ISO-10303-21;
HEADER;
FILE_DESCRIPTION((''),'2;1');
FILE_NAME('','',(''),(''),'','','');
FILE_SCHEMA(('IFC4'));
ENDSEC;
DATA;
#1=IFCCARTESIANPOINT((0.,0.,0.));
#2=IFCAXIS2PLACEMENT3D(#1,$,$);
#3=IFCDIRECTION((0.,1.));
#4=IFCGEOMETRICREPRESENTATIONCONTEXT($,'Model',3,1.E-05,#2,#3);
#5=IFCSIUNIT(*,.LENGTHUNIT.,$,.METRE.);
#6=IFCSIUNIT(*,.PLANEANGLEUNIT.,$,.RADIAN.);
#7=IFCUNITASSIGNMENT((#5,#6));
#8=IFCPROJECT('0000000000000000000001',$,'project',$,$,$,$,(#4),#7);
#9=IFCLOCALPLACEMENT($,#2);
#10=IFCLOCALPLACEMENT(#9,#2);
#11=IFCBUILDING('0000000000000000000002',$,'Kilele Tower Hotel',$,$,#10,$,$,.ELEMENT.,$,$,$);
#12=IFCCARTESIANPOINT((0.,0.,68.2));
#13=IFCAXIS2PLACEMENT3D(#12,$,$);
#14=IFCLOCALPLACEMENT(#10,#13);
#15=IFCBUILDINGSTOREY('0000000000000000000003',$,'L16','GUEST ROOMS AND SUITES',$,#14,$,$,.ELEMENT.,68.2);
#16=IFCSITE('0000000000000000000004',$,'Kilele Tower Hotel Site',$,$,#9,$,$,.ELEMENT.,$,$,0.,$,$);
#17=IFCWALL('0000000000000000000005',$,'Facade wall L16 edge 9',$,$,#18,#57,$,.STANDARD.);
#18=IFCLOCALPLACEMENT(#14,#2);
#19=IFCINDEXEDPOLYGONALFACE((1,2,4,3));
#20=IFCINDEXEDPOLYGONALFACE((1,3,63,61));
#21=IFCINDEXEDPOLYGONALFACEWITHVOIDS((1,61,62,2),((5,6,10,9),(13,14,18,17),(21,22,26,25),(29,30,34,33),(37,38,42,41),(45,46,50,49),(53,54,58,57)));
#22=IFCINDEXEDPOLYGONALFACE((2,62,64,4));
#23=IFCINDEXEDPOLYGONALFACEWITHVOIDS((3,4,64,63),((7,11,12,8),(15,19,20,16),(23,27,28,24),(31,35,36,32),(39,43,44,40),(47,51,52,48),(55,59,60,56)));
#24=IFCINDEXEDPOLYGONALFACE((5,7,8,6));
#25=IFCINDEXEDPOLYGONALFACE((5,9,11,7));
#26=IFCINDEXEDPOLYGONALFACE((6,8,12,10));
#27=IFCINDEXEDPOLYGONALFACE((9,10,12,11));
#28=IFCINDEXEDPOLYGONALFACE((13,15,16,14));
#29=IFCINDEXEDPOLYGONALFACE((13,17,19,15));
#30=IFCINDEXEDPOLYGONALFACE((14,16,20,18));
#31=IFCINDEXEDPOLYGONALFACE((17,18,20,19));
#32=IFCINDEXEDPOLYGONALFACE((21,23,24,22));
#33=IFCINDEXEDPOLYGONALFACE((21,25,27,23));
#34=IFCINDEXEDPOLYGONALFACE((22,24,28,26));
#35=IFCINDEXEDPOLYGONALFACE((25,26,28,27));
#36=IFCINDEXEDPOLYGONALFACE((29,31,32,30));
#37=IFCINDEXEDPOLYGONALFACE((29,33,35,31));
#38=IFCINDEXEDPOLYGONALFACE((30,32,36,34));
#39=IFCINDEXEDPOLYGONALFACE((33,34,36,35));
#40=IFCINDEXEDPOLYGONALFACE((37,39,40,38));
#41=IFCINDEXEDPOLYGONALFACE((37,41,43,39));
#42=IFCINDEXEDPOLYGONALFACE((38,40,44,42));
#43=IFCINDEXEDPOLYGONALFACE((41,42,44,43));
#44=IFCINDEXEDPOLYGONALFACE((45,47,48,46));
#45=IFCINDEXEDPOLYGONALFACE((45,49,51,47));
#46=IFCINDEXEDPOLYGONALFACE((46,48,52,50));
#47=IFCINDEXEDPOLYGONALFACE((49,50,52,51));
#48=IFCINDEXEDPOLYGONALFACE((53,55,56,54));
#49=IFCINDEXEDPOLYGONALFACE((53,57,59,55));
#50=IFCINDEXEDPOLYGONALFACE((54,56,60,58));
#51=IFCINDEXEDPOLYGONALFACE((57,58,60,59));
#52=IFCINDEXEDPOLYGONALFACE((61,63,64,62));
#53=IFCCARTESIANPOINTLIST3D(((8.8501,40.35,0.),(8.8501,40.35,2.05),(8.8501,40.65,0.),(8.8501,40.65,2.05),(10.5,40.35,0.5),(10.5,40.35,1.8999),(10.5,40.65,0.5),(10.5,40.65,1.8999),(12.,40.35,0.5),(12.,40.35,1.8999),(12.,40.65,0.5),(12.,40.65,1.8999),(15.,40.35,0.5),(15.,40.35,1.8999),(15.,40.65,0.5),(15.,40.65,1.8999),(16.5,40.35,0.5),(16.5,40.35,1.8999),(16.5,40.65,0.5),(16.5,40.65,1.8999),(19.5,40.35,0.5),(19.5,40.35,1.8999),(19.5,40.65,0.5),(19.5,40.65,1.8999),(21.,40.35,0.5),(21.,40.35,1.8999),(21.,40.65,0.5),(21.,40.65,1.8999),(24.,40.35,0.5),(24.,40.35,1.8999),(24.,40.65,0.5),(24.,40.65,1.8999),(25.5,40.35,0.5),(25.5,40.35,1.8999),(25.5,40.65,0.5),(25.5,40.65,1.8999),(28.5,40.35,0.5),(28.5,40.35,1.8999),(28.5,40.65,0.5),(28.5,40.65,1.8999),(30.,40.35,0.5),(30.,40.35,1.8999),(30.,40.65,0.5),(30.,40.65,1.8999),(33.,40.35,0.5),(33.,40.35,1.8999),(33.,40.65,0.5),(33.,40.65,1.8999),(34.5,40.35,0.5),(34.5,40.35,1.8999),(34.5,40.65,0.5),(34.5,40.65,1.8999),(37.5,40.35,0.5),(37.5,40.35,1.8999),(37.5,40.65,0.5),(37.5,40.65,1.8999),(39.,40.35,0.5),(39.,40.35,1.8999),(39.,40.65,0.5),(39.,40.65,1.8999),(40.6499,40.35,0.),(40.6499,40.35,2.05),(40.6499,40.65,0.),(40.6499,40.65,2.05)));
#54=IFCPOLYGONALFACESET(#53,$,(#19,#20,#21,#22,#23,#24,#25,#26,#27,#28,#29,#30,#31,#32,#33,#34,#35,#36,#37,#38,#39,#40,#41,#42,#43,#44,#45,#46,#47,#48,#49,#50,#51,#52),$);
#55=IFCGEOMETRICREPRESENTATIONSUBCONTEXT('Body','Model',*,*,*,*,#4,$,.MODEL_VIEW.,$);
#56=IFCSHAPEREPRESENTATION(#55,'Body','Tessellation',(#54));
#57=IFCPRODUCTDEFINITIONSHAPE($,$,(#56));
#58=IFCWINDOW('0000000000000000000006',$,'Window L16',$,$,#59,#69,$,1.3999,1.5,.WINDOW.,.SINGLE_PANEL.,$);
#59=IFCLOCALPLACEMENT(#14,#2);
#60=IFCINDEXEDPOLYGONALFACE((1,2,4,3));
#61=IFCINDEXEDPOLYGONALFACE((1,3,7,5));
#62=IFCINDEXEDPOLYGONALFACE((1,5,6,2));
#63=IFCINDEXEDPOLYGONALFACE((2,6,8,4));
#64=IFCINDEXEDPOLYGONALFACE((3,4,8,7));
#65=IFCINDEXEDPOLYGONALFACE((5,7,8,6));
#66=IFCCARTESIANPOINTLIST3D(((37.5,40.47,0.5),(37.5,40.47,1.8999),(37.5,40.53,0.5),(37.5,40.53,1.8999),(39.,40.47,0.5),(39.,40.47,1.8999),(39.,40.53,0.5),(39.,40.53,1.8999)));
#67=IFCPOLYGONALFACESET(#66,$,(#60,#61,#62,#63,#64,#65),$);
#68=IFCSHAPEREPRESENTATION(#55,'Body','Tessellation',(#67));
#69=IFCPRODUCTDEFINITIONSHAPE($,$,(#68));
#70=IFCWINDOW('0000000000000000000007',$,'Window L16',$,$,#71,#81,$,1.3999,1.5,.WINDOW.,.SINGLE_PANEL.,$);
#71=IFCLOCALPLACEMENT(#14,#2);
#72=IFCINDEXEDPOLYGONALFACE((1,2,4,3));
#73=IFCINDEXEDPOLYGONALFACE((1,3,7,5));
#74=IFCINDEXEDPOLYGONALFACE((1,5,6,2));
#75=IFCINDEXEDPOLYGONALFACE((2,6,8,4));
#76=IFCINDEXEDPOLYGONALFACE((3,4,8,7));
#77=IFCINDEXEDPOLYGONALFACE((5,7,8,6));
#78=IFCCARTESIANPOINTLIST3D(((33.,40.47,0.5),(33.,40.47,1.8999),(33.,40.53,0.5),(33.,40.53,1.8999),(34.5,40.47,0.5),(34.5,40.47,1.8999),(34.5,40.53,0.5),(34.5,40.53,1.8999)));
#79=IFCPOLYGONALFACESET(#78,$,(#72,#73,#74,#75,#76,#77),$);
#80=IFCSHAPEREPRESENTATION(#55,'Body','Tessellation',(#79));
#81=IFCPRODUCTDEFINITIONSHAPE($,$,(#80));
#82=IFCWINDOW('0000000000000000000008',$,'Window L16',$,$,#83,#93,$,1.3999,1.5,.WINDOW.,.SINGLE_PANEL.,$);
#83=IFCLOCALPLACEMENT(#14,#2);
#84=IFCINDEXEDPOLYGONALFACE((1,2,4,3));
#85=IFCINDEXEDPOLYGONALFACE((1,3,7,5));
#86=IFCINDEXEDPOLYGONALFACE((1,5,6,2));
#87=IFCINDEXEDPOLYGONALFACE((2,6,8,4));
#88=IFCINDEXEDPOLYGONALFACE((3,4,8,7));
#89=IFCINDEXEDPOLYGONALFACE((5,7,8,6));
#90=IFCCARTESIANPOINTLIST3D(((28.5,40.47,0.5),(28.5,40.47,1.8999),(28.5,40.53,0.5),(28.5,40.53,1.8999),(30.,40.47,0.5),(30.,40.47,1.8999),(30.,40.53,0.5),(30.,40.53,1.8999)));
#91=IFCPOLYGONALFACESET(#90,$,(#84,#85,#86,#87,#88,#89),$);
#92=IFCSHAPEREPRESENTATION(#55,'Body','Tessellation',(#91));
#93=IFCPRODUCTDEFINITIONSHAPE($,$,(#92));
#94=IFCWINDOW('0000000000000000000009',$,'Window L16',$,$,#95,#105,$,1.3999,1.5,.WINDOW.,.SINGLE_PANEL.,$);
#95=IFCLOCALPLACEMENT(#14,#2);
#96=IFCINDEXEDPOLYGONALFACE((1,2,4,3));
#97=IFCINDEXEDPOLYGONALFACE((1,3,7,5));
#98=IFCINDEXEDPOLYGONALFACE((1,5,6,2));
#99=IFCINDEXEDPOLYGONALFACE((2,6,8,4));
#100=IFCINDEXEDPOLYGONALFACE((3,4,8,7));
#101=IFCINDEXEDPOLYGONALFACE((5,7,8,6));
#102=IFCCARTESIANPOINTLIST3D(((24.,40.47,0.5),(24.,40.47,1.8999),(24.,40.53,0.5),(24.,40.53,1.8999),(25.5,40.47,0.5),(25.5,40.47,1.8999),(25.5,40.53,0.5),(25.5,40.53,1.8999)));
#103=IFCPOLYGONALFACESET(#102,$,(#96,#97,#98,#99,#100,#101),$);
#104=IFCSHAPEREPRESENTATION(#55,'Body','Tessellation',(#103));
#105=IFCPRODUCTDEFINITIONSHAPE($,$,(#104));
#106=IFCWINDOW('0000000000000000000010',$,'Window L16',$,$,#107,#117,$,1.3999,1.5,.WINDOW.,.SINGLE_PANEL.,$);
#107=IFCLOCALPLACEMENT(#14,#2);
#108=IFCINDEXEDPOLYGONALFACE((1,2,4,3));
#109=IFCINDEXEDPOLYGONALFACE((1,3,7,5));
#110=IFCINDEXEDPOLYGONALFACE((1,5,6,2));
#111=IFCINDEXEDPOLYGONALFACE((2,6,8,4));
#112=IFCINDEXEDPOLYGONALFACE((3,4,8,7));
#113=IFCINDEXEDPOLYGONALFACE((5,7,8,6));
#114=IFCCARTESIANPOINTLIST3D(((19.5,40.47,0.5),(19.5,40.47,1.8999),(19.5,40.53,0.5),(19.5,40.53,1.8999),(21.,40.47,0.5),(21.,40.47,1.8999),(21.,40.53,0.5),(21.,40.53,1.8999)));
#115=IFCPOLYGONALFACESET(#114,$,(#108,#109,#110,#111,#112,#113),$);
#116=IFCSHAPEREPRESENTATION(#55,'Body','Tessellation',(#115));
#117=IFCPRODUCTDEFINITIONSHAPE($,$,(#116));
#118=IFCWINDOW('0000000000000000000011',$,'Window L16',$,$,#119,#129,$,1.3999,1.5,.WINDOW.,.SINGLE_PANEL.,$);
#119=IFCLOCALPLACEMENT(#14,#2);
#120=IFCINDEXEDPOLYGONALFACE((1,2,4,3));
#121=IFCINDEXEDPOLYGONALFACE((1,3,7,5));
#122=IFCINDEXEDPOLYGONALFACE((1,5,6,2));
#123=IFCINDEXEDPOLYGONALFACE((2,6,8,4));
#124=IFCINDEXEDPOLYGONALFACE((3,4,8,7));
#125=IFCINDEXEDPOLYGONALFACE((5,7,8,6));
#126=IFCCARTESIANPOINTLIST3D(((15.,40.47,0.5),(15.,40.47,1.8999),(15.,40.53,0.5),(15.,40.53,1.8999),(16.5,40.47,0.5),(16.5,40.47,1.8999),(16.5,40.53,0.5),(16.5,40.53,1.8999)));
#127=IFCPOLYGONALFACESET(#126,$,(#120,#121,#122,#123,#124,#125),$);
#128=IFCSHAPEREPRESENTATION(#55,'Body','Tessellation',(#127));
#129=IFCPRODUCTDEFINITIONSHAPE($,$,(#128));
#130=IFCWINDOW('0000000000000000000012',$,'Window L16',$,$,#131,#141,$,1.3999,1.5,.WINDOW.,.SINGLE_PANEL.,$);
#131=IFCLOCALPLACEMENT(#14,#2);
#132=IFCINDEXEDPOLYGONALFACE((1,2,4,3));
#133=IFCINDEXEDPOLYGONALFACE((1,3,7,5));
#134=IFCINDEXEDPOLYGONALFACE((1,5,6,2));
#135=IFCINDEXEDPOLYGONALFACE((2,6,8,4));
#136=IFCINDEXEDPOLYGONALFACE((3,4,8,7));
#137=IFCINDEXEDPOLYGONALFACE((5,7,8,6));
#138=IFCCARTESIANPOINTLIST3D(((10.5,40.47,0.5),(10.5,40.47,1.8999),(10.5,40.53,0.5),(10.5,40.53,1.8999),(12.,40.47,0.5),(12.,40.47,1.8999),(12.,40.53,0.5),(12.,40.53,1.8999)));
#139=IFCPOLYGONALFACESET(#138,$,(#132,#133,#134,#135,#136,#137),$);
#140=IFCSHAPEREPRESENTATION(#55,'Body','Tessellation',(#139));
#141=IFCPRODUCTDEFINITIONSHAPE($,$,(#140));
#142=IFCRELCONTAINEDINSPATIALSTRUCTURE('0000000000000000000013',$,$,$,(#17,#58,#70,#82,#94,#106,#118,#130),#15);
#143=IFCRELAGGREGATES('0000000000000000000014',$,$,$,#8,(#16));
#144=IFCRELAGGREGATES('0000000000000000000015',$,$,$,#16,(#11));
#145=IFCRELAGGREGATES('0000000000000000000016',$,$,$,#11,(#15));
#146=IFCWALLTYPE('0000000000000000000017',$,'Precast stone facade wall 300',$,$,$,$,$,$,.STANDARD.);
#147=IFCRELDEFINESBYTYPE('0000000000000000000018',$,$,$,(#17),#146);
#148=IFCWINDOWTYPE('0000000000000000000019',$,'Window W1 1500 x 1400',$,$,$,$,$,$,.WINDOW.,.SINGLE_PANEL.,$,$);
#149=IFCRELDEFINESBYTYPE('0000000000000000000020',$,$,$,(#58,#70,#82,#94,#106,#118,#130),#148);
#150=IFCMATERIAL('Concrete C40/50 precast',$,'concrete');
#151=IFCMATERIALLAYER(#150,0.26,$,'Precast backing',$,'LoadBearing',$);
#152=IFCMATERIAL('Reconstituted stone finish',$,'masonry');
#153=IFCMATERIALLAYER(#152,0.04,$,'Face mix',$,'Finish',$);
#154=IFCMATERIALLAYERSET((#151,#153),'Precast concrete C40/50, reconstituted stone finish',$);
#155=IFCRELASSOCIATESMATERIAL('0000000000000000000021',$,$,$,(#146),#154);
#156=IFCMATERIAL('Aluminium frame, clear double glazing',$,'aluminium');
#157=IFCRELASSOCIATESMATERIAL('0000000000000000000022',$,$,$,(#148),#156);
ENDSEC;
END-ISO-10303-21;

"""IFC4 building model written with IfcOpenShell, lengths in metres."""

from ifc_helpers import new_model, si_unit, direction, frame, frame_2d, origin, place, context, subcontext, project, spatial, rectangle, extrude, material, layer, layer_set, type_object, element, fill, save


model = new_model("IFC4")

# Units and contexts
model_context = context("Model", 3, precision=1e-05, world=origin(), true_north=direction((0.0, 1.0)))
body_context = subcontext(model_context, "Body", "Model", "MODEL_VIEW")
ifc_project = project(units=[si_unit("LENGTHUNIT", "METRE"), si_unit("PLANEANGLEUNIT", "RADIAN")], contexts=[model_context])

# Site, building, storey
site_placement = place(None, origin())
site = spatial("IfcSite", under=ifc_project, at=site_placement, Name="Kilele Tower Hotel Site", CompositionType="ELEMENT", RefElevation=0.0)
building_placement = place(site_placement, origin())
building = spatial("IfcBuilding", under=site, at=building_placement, Name="Kilele Tower Hotel", CompositionType="ELEMENT")
storey_placement = place(building_placement, frame((0.0, 0.0, 68.2)))
storey = spatial("IfcBuildingStorey", under=building, at=storey_placement, Name="L16", Description="GUEST ROOMS AND SUITES", CompositionType="ELEMENT", Elevation=68.2)

# Shared definitions
ifc_material_1 = material(Name="Concrete C40/50 precast", Category="concrete")
ifc_layer_1 = layer(ifc_material_1, 0.26, Name="Precast backing", Category="LoadBearing")
ifc_material_2 = material(Name="Reconstituted stone finish", Category="masonry")
ifc_layer_2 = layer(ifc_material_2, 0.04, Name="Face mix", Category="Finish")
ifc_layer_set_1 = layer_set([ifc_layer_1, ifc_layer_2], Name="Precast concrete C40/50, reconstituted stone finish")
wall_type_1 = type_object("IfcWallType", Name="Precast stone facade wall 300", PredefinedType="STANDARD", material=ifc_layer_set_1)
ifc_material_3 = material(Name="Aluminium frame, clear double glazing", Category="aluminium")
window_type_1 = type_object("IfcWindowType", Name="Window W1 1500 x 1400", PartitioningType="SINGLE_PANEL", PredefinedType="WINDOW", material=ifc_material_3)

# Wall, openings, windows
wall_1_placement = place(storey_placement, frame((40.6499, 40.5, 0.0), z_axis=(0.0, 0.0, 1.0), x_axis=(-1.0, 0.0, 0.0)))
wall_1 = element("IfcWall", 1, at=wall_1_placement, inside=storey, type_object=wall_type_1, Name="Facade wall L16 edge 9", PredefinedType="STANDARD", context=body_context, shape_type="SweptSolid", body=[
    extrude(rectangle(XDim=31.7998, YDim=0.3, at=frame_2d((15.8999, 0.0))), origin(), (0.0, 0.0, 1.0), 2.05),
])
opening_1_placement = place(wall_1_placement, frame((1.6499, 0.0, 0.5)))
opening_1 = element("IfcOpeningElement", 2, at=opening_1_placement, cuts=wall_1, PredefinedType="OPENING", context=body_context, shape_type="SweptSolid", body=[
    extrude(rectangle(XDim=1.5, YDim=1.3999, at=frame_2d((0.75, 0.7))), frame((0.0, 0.1599, 0.0), z_axis=(0.0, -1.0, 0.0), x_axis=(1.0, 0.0, 0.0)), (0.0, 0.0, 1.0), 0.3201),
])
opening_2_placement = place(wall_1_placement, frame((6.1499, 0.0, 0.5)))
opening_2 = element("IfcOpeningElement", 3, at=opening_2_placement, cuts=wall_1, PredefinedType="OPENING", context=body_context, shape_type="SweptSolid", body=[
    extrude(rectangle(XDim=1.5, YDim=1.3999, at=frame_2d((0.75, 0.7))), frame((0.0, 0.1599, 0.0), z_axis=(0.0, -1.0, 0.0), x_axis=(1.0, 0.0, 0.0)), (0.0, 0.0, 1.0), 0.3201),
])
opening_3_placement = place(wall_1_placement, frame((10.6499, 0.0, 0.5)))
opening_3 = element("IfcOpeningElement", 4, at=opening_3_placement, cuts=wall_1, PredefinedType="OPENING", context=body_context, shape_type="SweptSolid", body=[
    extrude(rectangle(XDim=1.5, YDim=1.3999, at=frame_2d((0.75, 0.7))), frame((0.0, 0.1599, 0.0), z_axis=(0.0, -1.0, 0.0), x_axis=(1.0, 0.0, 0.0)), (0.0, 0.0, 1.0), 0.3201),
])
opening_4_placement = place(wall_1_placement, frame((15.1499, 0.0, 0.5)))
opening_4 = element("IfcOpeningElement", 5, at=opening_4_placement, cuts=wall_1, PredefinedType="OPENING", context=body_context, shape_type="SweptSolid", body=[
    extrude(rectangle(XDim=1.5, YDim=1.3999, at=frame_2d((0.75, 0.7))), frame((0.0, 0.1599, 0.0), z_axis=(0.0, -1.0, 0.0), x_axis=(1.0, 0.0, 0.0)), (0.0, 0.0, 1.0), 0.3201),
])
opening_5_placement = place(wall_1_placement, frame((19.6499, 0.0, 0.5)))
opening_5 = element("IfcOpeningElement", 6, at=opening_5_placement, cuts=wall_1, PredefinedType="OPENING", context=body_context, shape_type="SweptSolid", body=[
    extrude(rectangle(XDim=1.5, YDim=1.3999, at=frame_2d((0.75, 0.7))), frame((0.0, 0.1599, 0.0), z_axis=(0.0, -1.0, 0.0), x_axis=(1.0, 0.0, 0.0)), (0.0, 0.0, 1.0), 0.3201),
])
opening_6_placement = place(wall_1_placement, frame((24.1499, 0.0, 0.5)))
opening_6 = element("IfcOpeningElement", 7, at=opening_6_placement, cuts=wall_1, PredefinedType="OPENING", context=body_context, shape_type="SweptSolid", body=[
    extrude(rectangle(XDim=1.5, YDim=1.3999, at=frame_2d((0.75, 0.7))), frame((0.0, 0.1599, 0.0), z_axis=(0.0, -1.0, 0.0), x_axis=(1.0, 0.0, 0.0)), (0.0, 0.0, 1.0), 0.3201),
])
opening_7_placement = place(wall_1_placement, frame((28.6499, 0.0, 0.5)))
opening_7 = element("IfcOpeningElement", 8, at=opening_7_placement, cuts=wall_1, PredefinedType="OPENING", context=body_context, shape_type="SweptSolid", body=[
    extrude(rectangle(XDim=1.5, YDim=1.3999, at=frame_2d((0.75, 0.7))), frame((0.0, 0.1599, 0.0), z_axis=(0.0, -1.0, 0.0), x_axis=(1.0, 0.0, 0.0)), (0.0, 0.0, 1.0), 0.3201),
])
window_1_placement = place(opening_1_placement, origin())
window_1 = element("IfcWindow", 9, at=window_1_placement, inside=storey, type_object=window_type_1, Name="Window L16", OverallHeight=1.3999, OverallWidth=1.5, PartitioningType="SINGLE_PANEL", PredefinedType="WINDOW", context=body_context, shape_type="SweptSolid", body=[
    extrude(rectangle(XDim=1.5, YDim=1.3999, at=frame_2d((0.75, 0.7))), frame((0.0, 0.03, 0.0), z_axis=(0.0, -1.0, 0.0), x_axis=(1.0, 0.0, 0.0)), (0.0, 0.0, 1.0), 0.0601),
])
fill(opening_1, window_1)
window_2_placement = place(opening_2_placement, origin())
window_2 = element("IfcWindow", 10, at=window_2_placement, inside=storey, type_object=window_type_1, Name="Window L16", OverallHeight=1.3999, OverallWidth=1.5, PartitioningType="SINGLE_PANEL", PredefinedType="WINDOW", context=body_context, shape_type="SweptSolid", body=[
    extrude(rectangle(XDim=1.5, YDim=1.3999, at=frame_2d((0.75, 0.7))), frame((0.0, 0.03, 0.0), z_axis=(0.0, -1.0, 0.0), x_axis=(1.0, 0.0, 0.0)), (0.0, 0.0, 1.0), 0.0601),
])
fill(opening_2, window_2)
window_3_placement = place(opening_3_placement, origin())
window_3 = element("IfcWindow", 11, at=window_3_placement, inside=storey, type_object=window_type_1, Name="Window L16", OverallHeight=1.3999, OverallWidth=1.5, PartitioningType="SINGLE_PANEL", PredefinedType="WINDOW", context=body_context, shape_type="SweptSolid", body=[
    extrude(rectangle(XDim=1.5, YDim=1.3999, at=frame_2d((0.75, 0.7))), frame((0.0, 0.03, 0.0), z_axis=(0.0, -1.0, 0.0), x_axis=(1.0, 0.0, 0.0)), (0.0, 0.0, 1.0), 0.0601),
])
fill(opening_3, window_3)
window_4_placement = place(opening_4_placement, origin())
window_4 = element("IfcWindow", 12, at=window_4_placement, inside=storey, type_object=window_type_1, Name="Window L16", OverallHeight=1.3999, OverallWidth=1.5, PartitioningType="SINGLE_PANEL", PredefinedType="WINDOW", context=body_context, shape_type="SweptSolid", body=[
    extrude(rectangle(XDim=1.5, YDim=1.3999, at=frame_2d((0.75, 0.7))), frame((0.0, 0.03, 0.0), z_axis=(0.0, -1.0, 0.0), x_axis=(1.0, 0.0, 0.0)), (0.0, 0.0, 1.0), 0.0601),
])
fill(opening_4, window_4)
window_5_placement = place(opening_5_placement, origin())
window_5 = element("IfcWindow", 13, at=window_5_placement, inside=storey, type_object=window_type_1, Name="Window L16", OverallHeight=1.3999, OverallWidth=1.5, PartitioningType="SINGLE_PANEL", PredefinedType="WINDOW", context=body_context, shape_type="SweptSolid", body=[
    extrude(rectangle(XDim=1.5, YDim=1.3999, at=frame_2d((0.75, 0.7))), frame((0.0, 0.03, 0.0), z_axis=(0.0, -1.0, 0.0), x_axis=(1.0, 0.0, 0.0)), (0.0, 0.0, 1.0), 0.0601),
])
fill(opening_5, window_5)
window_6_placement = place(opening_6_placement, origin())
window_6 = element("IfcWindow", 14, at=window_6_placement, inside=storey, type_object=window_type_1, Name="Window L16", OverallHeight=1.3999, OverallWidth=1.5, PartitioningType="SINGLE_PANEL", PredefinedType="WINDOW", context=body_context, shape_type="SweptSolid", body=[
    extrude(rectangle(XDim=1.5, YDim=1.3999, at=frame_2d((0.75, 0.7))), frame((0.0, 0.03, 0.0), z_axis=(0.0, -1.0, 0.0), x_axis=(1.0, 0.0, 0.0)), (0.0, 0.0, 1.0), 0.0601),
])
fill(opening_6, window_6)
window_7_placement = place(opening_7_placement, origin())
window_7 = element("IfcWindow", 15, at=window_7_placement, inside=storey, type_object=window_type_1, Name="Window L16", OverallHeight=1.3999, OverallWidth=1.5, PartitioningType="SINGLE_PANEL", PredefinedType="WINDOW", context=body_context, shape_type="SweptSolid", body=[
    extrude(rectangle(XDim=1.5, YDim=1.3999, at=frame_2d((0.75, 0.7))), frame((0.0, 0.03, 0.0), z_axis=(0.0, -1.0, 0.0), x_axis=(1.0, 0.0, 0.0)), (0.0, 0.0, 1.0), 0.0601),
])
fill(opening_7, window_7)

save(model, "model.ifc")
